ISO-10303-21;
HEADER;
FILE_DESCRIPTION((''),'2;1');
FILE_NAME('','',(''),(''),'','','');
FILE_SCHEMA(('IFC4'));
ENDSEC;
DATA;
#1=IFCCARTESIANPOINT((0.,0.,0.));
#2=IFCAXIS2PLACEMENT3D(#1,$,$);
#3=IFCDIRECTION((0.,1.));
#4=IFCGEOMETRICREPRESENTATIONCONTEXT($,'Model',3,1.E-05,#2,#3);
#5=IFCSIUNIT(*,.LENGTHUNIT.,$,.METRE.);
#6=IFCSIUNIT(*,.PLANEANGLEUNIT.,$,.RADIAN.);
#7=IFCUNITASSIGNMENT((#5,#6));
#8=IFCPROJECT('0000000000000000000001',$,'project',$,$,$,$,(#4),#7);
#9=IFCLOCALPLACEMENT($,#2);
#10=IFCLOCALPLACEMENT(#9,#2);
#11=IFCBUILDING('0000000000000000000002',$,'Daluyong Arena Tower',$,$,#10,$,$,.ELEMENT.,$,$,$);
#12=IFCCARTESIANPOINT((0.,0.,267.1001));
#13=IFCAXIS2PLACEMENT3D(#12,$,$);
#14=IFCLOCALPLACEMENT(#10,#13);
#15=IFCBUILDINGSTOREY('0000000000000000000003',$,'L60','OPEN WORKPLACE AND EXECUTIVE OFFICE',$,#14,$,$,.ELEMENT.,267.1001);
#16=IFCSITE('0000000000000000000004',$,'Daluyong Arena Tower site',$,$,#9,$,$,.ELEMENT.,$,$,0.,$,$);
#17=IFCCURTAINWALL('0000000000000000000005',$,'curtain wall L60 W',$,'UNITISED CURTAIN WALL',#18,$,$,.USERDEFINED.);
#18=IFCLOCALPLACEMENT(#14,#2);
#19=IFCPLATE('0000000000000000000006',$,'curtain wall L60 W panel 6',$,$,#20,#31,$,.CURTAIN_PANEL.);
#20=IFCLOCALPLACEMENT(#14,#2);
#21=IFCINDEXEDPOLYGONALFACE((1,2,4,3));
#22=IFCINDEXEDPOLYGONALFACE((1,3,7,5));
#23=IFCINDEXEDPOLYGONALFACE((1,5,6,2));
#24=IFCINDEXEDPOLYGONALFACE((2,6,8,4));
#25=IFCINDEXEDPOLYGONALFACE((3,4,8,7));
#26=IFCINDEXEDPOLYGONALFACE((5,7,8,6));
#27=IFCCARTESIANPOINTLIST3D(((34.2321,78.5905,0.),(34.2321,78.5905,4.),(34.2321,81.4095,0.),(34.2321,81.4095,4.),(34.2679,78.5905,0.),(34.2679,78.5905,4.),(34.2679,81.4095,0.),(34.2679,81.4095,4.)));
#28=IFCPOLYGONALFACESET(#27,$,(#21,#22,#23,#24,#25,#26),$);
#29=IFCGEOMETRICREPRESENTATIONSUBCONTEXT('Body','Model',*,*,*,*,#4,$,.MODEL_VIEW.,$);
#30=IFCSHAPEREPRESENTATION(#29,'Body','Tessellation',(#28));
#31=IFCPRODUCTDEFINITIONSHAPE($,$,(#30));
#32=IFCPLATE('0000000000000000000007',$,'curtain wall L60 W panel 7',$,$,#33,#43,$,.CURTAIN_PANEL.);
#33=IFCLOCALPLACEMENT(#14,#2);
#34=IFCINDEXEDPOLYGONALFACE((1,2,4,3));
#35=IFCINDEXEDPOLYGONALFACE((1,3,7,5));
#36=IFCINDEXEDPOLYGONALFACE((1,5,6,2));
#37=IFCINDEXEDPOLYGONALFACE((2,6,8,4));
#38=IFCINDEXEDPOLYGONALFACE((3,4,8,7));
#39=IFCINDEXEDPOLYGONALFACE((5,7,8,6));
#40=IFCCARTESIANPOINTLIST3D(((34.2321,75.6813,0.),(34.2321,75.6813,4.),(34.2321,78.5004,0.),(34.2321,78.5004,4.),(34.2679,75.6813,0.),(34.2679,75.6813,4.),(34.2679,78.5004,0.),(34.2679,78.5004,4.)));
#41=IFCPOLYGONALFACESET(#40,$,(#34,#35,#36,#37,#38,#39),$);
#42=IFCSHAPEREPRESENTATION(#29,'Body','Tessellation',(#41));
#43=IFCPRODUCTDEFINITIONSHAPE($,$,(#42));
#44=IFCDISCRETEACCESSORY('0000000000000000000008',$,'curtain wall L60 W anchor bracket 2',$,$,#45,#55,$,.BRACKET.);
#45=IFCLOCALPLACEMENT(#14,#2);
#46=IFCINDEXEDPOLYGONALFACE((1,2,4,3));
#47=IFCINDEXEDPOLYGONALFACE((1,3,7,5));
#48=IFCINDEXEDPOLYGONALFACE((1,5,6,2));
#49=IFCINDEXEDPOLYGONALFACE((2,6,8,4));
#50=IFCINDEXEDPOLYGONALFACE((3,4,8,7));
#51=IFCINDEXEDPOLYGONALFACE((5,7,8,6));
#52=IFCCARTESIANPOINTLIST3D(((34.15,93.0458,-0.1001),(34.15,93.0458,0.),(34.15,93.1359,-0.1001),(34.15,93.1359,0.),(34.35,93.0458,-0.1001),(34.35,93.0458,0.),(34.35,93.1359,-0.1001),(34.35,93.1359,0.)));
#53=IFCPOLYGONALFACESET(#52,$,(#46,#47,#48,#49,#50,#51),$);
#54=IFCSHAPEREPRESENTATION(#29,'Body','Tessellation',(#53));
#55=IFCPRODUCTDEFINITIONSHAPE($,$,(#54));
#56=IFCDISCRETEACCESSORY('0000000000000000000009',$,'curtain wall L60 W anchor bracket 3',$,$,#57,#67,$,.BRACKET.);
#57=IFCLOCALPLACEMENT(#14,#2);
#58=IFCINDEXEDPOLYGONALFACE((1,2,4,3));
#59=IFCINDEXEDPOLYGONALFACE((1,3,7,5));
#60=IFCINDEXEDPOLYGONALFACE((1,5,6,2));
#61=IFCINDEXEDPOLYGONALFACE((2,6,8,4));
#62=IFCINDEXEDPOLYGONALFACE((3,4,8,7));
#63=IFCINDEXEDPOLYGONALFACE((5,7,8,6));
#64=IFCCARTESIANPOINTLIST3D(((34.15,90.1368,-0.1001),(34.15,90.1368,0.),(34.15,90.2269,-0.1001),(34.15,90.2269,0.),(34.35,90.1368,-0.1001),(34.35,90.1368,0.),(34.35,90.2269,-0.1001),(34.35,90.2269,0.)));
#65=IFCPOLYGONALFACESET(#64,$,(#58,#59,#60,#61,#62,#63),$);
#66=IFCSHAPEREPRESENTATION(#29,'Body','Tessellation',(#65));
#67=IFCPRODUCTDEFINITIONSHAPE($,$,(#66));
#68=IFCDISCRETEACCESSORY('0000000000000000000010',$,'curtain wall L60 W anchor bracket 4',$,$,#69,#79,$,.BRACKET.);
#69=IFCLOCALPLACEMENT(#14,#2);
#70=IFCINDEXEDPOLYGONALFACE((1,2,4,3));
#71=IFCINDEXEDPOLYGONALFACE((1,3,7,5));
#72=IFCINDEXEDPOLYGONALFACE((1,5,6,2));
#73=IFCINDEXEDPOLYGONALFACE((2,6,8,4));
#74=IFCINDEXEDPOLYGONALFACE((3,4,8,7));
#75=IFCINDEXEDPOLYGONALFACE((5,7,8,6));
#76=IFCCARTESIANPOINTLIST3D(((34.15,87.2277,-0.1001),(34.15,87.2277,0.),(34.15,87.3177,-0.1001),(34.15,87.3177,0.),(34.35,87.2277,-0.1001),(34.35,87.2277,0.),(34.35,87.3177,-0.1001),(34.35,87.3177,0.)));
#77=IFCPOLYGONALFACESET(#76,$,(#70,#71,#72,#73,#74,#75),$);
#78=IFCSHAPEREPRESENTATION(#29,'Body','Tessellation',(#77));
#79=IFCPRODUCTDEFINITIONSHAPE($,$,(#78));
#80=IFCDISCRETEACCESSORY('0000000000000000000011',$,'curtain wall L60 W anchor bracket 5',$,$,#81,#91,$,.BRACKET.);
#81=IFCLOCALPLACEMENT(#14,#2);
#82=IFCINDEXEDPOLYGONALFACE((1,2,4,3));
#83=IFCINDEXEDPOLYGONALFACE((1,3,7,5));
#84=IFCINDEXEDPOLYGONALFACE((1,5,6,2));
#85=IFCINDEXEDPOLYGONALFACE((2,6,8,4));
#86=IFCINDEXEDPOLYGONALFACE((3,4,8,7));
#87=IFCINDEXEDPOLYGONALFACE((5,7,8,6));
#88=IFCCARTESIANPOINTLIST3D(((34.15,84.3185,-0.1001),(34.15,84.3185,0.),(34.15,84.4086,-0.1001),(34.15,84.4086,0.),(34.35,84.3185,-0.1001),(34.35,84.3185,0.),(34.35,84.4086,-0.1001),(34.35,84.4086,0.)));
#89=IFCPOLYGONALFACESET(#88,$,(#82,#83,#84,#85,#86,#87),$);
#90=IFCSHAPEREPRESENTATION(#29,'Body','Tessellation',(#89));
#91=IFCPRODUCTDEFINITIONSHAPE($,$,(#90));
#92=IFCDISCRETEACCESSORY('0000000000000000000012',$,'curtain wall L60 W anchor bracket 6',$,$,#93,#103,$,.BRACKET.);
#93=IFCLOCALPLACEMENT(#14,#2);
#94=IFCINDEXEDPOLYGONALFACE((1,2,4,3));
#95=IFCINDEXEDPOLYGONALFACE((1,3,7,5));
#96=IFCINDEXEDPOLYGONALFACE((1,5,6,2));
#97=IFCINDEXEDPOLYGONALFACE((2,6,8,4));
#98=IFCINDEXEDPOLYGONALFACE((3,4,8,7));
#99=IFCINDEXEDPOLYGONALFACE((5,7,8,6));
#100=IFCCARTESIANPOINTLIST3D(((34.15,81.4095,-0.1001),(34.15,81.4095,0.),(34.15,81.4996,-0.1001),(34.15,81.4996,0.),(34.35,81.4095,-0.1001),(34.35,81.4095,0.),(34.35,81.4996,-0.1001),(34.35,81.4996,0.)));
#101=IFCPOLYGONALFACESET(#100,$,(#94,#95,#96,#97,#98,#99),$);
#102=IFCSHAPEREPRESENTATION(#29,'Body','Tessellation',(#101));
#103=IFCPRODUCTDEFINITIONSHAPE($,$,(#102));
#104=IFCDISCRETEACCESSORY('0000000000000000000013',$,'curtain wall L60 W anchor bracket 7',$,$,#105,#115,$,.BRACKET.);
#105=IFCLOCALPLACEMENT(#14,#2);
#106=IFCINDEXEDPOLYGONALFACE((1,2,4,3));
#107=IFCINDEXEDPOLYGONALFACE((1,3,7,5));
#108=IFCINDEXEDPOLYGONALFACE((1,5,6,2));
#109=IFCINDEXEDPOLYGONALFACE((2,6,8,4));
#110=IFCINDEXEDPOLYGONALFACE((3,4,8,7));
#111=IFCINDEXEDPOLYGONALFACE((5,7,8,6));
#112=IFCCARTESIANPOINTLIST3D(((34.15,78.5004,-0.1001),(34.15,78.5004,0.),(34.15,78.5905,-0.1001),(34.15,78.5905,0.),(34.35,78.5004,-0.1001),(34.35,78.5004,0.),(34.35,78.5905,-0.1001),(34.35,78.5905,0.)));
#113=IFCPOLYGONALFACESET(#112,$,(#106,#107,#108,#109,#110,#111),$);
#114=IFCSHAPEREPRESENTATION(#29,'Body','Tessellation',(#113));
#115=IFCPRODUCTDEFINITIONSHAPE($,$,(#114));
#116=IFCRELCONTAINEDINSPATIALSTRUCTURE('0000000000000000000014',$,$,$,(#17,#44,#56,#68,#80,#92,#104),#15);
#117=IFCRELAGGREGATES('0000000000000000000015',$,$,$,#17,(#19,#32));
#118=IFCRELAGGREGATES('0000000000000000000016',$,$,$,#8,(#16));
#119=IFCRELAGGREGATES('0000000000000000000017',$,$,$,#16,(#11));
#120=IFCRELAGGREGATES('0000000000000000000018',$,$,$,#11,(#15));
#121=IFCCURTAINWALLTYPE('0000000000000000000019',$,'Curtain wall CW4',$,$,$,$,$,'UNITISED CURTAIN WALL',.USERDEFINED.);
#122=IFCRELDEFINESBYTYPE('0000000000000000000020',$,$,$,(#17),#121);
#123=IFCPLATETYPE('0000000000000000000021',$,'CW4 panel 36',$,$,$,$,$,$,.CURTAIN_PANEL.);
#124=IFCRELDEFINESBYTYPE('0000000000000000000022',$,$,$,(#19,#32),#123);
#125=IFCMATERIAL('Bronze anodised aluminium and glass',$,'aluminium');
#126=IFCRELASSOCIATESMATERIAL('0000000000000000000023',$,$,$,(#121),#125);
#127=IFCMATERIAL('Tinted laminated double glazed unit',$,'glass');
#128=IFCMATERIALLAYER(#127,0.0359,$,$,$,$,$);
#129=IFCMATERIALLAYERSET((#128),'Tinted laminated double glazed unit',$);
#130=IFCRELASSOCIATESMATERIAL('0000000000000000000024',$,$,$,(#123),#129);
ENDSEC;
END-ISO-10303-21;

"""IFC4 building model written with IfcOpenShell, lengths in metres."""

from ifc_helpers import new_model, si_unit, direction, frame, origin, origin_2d, place, context, subcontext, project, spatial, rectangle, extrude, material, layer, layer_set, type_object, element, aggregate, save


model = new_model("IFC4")

# Units and contexts
model_context = context("Model", 3, precision=1e-05, world=origin(), true_north=direction((0.0, 1.0)))
body_context = subcontext(model_context, "Body", "Model", "MODEL_VIEW")
ifc_project = project(units=[si_unit("LENGTHUNIT", "METRE"), si_unit("PLANEANGLEUNIT", "RADIAN")], contexts=[model_context])

# Site, building, storey
site_placement = place(None, origin())
site = spatial("IfcSite", under=ifc_project, at=site_placement, Name="Daluyong Arena Tower site", CompositionType="ELEMENT", RefElevation=0.0)
building_placement = place(site_placement, origin())
building = spatial("IfcBuilding", under=site, at=building_placement, Name="Daluyong Arena Tower", CompositionType="ELEMENT")
storey_placement = place(building_placement, frame((0.0, 0.0, 267.1001)))
storey = spatial("IfcBuildingStorey", under=building, at=storey_placement, Name="L60", Description="OPEN WORKPLACE AND EXECUTIVE OFFICE", CompositionType="ELEMENT", Elevation=267.1001)

# Curtain wall
ifc_material_1 = material(Name="Bronze anodised aluminium and glass", Category="aluminium")
curtain_wall_type = type_object("IfcCurtainWallType", Name="Curtain wall CW4", ElementType="UNITISED CURTAIN WALL", PredefinedType="USERDEFINED", material=ifc_material_1)
curtain_wall_placement = place(storey_placement, origin())
curtain_wall = element("IfcCurtainWall", 1, at=curtain_wall_placement, inside=storey, type_object=curtain_wall_type, Name="curtain wall L60 W", ObjectType="UNITISED CURTAIN WALL", PredefinedType="USERDEFINED")

# Plates
ifc_material_2 = material(Name="Tinted laminated double glazed unit", Category="glass")
ifc_layer = layer(ifc_material_2, 0.0359)
ifc_layer_set = layer_set([ifc_layer], Name="Tinted laminated double glazed unit")
plate_type = type_object("IfcPlateType", Name="CW4 panel 36", PredefinedType="CURTAIN_PANEL", material=ifc_layer_set)
plate_1_placement = place(storey_placement, frame((34.25, 80.0, 0.0), z_axis=(0.0, 0.0, 1.0), x_axis=(0.0, -1.0, 0.0)))
plate_1 = element("IfcPlate", 2, at=plate_1_placement, type_object=plate_type, Name="curtain wall L60 W panel 6", PredefinedType="CURTAIN_PANEL", context=body_context, shape_type="SweptSolid", body=[
    extrude(rectangle(XDim=2.8191, YDim=0.0359, at=origin_2d()), origin(), (0.0, 0.0, 1.0), 4.0),
])
plate_2_placement = place(storey_placement, frame((34.25, 77.0908, 0.0), z_axis=(0.0, 0.0, 1.0), x_axis=(0.0, -1.0, 0.0)))
plate_2 = element("IfcPlate", 3, at=plate_2_placement, type_object=plate_type, Name="curtain wall L60 W panel 7", PredefinedType="CURTAIN_PANEL", context=body_context, shape_type="SweptSolid", body=[
    extrude(rectangle(XDim=2.8191, YDim=0.0359, at=origin_2d()), origin(), (0.0, 0.0, 1.0), 4.0),
])
aggregate(curtain_wall, [plate_1, plate_2])

# Discrete accessories
for number, where, z_axis, x_axis, name in (
    (4, (34.25, 93.0908, -0.1001), (0.0, 0.0, 1.0), (0.0, -1.0, 0.0), "curtain wall L60 W anchor bracket 2"),
    (5, (34.25, 90.1819, -0.1001), (0.0, 0.0, 1.0), (0.0, -1.0, 0.0), "curtain wall L60 W anchor bracket 3"),
    (6, (34.25, 87.2727, -0.1001), (0.0, 0.0, 1.0), (0.0, -1.0, 0.0), "curtain wall L60 W anchor bracket 4"),
    (7, (34.25, 84.3635, -0.1001), (0.0, 0.0, 1.0), (0.0, -1.0, 0.0), "curtain wall L60 W anchor bracket 5"),
    (8, (34.25, 81.4546, -0.1001), (0.0, 0.0, 1.0), (0.0, -1.0, 0.0), "curtain wall L60 W anchor bracket 6"),
    (9, (34.25, 78.5454, -0.1001), (0.0, 0.0, 1.0), (0.0, -1.0, 0.0), "curtain wall L60 W anchor bracket 7"),
):
    element("IfcDiscreteAccessory", number, at=place(storey_placement, frame(where, z_axis=z_axis, x_axis=x_axis)), inside=storey, Name=name, PredefinedType="BRACKET", context=body_context, shape_type="SweptSolid", body=[
        extrude(rectangle(XDim=0.0901, YDim=0.2, at=origin_2d()), origin(), (0.0, 0.0, 1.0), 0.1001),
    ])

save(model, "model.ifc")
